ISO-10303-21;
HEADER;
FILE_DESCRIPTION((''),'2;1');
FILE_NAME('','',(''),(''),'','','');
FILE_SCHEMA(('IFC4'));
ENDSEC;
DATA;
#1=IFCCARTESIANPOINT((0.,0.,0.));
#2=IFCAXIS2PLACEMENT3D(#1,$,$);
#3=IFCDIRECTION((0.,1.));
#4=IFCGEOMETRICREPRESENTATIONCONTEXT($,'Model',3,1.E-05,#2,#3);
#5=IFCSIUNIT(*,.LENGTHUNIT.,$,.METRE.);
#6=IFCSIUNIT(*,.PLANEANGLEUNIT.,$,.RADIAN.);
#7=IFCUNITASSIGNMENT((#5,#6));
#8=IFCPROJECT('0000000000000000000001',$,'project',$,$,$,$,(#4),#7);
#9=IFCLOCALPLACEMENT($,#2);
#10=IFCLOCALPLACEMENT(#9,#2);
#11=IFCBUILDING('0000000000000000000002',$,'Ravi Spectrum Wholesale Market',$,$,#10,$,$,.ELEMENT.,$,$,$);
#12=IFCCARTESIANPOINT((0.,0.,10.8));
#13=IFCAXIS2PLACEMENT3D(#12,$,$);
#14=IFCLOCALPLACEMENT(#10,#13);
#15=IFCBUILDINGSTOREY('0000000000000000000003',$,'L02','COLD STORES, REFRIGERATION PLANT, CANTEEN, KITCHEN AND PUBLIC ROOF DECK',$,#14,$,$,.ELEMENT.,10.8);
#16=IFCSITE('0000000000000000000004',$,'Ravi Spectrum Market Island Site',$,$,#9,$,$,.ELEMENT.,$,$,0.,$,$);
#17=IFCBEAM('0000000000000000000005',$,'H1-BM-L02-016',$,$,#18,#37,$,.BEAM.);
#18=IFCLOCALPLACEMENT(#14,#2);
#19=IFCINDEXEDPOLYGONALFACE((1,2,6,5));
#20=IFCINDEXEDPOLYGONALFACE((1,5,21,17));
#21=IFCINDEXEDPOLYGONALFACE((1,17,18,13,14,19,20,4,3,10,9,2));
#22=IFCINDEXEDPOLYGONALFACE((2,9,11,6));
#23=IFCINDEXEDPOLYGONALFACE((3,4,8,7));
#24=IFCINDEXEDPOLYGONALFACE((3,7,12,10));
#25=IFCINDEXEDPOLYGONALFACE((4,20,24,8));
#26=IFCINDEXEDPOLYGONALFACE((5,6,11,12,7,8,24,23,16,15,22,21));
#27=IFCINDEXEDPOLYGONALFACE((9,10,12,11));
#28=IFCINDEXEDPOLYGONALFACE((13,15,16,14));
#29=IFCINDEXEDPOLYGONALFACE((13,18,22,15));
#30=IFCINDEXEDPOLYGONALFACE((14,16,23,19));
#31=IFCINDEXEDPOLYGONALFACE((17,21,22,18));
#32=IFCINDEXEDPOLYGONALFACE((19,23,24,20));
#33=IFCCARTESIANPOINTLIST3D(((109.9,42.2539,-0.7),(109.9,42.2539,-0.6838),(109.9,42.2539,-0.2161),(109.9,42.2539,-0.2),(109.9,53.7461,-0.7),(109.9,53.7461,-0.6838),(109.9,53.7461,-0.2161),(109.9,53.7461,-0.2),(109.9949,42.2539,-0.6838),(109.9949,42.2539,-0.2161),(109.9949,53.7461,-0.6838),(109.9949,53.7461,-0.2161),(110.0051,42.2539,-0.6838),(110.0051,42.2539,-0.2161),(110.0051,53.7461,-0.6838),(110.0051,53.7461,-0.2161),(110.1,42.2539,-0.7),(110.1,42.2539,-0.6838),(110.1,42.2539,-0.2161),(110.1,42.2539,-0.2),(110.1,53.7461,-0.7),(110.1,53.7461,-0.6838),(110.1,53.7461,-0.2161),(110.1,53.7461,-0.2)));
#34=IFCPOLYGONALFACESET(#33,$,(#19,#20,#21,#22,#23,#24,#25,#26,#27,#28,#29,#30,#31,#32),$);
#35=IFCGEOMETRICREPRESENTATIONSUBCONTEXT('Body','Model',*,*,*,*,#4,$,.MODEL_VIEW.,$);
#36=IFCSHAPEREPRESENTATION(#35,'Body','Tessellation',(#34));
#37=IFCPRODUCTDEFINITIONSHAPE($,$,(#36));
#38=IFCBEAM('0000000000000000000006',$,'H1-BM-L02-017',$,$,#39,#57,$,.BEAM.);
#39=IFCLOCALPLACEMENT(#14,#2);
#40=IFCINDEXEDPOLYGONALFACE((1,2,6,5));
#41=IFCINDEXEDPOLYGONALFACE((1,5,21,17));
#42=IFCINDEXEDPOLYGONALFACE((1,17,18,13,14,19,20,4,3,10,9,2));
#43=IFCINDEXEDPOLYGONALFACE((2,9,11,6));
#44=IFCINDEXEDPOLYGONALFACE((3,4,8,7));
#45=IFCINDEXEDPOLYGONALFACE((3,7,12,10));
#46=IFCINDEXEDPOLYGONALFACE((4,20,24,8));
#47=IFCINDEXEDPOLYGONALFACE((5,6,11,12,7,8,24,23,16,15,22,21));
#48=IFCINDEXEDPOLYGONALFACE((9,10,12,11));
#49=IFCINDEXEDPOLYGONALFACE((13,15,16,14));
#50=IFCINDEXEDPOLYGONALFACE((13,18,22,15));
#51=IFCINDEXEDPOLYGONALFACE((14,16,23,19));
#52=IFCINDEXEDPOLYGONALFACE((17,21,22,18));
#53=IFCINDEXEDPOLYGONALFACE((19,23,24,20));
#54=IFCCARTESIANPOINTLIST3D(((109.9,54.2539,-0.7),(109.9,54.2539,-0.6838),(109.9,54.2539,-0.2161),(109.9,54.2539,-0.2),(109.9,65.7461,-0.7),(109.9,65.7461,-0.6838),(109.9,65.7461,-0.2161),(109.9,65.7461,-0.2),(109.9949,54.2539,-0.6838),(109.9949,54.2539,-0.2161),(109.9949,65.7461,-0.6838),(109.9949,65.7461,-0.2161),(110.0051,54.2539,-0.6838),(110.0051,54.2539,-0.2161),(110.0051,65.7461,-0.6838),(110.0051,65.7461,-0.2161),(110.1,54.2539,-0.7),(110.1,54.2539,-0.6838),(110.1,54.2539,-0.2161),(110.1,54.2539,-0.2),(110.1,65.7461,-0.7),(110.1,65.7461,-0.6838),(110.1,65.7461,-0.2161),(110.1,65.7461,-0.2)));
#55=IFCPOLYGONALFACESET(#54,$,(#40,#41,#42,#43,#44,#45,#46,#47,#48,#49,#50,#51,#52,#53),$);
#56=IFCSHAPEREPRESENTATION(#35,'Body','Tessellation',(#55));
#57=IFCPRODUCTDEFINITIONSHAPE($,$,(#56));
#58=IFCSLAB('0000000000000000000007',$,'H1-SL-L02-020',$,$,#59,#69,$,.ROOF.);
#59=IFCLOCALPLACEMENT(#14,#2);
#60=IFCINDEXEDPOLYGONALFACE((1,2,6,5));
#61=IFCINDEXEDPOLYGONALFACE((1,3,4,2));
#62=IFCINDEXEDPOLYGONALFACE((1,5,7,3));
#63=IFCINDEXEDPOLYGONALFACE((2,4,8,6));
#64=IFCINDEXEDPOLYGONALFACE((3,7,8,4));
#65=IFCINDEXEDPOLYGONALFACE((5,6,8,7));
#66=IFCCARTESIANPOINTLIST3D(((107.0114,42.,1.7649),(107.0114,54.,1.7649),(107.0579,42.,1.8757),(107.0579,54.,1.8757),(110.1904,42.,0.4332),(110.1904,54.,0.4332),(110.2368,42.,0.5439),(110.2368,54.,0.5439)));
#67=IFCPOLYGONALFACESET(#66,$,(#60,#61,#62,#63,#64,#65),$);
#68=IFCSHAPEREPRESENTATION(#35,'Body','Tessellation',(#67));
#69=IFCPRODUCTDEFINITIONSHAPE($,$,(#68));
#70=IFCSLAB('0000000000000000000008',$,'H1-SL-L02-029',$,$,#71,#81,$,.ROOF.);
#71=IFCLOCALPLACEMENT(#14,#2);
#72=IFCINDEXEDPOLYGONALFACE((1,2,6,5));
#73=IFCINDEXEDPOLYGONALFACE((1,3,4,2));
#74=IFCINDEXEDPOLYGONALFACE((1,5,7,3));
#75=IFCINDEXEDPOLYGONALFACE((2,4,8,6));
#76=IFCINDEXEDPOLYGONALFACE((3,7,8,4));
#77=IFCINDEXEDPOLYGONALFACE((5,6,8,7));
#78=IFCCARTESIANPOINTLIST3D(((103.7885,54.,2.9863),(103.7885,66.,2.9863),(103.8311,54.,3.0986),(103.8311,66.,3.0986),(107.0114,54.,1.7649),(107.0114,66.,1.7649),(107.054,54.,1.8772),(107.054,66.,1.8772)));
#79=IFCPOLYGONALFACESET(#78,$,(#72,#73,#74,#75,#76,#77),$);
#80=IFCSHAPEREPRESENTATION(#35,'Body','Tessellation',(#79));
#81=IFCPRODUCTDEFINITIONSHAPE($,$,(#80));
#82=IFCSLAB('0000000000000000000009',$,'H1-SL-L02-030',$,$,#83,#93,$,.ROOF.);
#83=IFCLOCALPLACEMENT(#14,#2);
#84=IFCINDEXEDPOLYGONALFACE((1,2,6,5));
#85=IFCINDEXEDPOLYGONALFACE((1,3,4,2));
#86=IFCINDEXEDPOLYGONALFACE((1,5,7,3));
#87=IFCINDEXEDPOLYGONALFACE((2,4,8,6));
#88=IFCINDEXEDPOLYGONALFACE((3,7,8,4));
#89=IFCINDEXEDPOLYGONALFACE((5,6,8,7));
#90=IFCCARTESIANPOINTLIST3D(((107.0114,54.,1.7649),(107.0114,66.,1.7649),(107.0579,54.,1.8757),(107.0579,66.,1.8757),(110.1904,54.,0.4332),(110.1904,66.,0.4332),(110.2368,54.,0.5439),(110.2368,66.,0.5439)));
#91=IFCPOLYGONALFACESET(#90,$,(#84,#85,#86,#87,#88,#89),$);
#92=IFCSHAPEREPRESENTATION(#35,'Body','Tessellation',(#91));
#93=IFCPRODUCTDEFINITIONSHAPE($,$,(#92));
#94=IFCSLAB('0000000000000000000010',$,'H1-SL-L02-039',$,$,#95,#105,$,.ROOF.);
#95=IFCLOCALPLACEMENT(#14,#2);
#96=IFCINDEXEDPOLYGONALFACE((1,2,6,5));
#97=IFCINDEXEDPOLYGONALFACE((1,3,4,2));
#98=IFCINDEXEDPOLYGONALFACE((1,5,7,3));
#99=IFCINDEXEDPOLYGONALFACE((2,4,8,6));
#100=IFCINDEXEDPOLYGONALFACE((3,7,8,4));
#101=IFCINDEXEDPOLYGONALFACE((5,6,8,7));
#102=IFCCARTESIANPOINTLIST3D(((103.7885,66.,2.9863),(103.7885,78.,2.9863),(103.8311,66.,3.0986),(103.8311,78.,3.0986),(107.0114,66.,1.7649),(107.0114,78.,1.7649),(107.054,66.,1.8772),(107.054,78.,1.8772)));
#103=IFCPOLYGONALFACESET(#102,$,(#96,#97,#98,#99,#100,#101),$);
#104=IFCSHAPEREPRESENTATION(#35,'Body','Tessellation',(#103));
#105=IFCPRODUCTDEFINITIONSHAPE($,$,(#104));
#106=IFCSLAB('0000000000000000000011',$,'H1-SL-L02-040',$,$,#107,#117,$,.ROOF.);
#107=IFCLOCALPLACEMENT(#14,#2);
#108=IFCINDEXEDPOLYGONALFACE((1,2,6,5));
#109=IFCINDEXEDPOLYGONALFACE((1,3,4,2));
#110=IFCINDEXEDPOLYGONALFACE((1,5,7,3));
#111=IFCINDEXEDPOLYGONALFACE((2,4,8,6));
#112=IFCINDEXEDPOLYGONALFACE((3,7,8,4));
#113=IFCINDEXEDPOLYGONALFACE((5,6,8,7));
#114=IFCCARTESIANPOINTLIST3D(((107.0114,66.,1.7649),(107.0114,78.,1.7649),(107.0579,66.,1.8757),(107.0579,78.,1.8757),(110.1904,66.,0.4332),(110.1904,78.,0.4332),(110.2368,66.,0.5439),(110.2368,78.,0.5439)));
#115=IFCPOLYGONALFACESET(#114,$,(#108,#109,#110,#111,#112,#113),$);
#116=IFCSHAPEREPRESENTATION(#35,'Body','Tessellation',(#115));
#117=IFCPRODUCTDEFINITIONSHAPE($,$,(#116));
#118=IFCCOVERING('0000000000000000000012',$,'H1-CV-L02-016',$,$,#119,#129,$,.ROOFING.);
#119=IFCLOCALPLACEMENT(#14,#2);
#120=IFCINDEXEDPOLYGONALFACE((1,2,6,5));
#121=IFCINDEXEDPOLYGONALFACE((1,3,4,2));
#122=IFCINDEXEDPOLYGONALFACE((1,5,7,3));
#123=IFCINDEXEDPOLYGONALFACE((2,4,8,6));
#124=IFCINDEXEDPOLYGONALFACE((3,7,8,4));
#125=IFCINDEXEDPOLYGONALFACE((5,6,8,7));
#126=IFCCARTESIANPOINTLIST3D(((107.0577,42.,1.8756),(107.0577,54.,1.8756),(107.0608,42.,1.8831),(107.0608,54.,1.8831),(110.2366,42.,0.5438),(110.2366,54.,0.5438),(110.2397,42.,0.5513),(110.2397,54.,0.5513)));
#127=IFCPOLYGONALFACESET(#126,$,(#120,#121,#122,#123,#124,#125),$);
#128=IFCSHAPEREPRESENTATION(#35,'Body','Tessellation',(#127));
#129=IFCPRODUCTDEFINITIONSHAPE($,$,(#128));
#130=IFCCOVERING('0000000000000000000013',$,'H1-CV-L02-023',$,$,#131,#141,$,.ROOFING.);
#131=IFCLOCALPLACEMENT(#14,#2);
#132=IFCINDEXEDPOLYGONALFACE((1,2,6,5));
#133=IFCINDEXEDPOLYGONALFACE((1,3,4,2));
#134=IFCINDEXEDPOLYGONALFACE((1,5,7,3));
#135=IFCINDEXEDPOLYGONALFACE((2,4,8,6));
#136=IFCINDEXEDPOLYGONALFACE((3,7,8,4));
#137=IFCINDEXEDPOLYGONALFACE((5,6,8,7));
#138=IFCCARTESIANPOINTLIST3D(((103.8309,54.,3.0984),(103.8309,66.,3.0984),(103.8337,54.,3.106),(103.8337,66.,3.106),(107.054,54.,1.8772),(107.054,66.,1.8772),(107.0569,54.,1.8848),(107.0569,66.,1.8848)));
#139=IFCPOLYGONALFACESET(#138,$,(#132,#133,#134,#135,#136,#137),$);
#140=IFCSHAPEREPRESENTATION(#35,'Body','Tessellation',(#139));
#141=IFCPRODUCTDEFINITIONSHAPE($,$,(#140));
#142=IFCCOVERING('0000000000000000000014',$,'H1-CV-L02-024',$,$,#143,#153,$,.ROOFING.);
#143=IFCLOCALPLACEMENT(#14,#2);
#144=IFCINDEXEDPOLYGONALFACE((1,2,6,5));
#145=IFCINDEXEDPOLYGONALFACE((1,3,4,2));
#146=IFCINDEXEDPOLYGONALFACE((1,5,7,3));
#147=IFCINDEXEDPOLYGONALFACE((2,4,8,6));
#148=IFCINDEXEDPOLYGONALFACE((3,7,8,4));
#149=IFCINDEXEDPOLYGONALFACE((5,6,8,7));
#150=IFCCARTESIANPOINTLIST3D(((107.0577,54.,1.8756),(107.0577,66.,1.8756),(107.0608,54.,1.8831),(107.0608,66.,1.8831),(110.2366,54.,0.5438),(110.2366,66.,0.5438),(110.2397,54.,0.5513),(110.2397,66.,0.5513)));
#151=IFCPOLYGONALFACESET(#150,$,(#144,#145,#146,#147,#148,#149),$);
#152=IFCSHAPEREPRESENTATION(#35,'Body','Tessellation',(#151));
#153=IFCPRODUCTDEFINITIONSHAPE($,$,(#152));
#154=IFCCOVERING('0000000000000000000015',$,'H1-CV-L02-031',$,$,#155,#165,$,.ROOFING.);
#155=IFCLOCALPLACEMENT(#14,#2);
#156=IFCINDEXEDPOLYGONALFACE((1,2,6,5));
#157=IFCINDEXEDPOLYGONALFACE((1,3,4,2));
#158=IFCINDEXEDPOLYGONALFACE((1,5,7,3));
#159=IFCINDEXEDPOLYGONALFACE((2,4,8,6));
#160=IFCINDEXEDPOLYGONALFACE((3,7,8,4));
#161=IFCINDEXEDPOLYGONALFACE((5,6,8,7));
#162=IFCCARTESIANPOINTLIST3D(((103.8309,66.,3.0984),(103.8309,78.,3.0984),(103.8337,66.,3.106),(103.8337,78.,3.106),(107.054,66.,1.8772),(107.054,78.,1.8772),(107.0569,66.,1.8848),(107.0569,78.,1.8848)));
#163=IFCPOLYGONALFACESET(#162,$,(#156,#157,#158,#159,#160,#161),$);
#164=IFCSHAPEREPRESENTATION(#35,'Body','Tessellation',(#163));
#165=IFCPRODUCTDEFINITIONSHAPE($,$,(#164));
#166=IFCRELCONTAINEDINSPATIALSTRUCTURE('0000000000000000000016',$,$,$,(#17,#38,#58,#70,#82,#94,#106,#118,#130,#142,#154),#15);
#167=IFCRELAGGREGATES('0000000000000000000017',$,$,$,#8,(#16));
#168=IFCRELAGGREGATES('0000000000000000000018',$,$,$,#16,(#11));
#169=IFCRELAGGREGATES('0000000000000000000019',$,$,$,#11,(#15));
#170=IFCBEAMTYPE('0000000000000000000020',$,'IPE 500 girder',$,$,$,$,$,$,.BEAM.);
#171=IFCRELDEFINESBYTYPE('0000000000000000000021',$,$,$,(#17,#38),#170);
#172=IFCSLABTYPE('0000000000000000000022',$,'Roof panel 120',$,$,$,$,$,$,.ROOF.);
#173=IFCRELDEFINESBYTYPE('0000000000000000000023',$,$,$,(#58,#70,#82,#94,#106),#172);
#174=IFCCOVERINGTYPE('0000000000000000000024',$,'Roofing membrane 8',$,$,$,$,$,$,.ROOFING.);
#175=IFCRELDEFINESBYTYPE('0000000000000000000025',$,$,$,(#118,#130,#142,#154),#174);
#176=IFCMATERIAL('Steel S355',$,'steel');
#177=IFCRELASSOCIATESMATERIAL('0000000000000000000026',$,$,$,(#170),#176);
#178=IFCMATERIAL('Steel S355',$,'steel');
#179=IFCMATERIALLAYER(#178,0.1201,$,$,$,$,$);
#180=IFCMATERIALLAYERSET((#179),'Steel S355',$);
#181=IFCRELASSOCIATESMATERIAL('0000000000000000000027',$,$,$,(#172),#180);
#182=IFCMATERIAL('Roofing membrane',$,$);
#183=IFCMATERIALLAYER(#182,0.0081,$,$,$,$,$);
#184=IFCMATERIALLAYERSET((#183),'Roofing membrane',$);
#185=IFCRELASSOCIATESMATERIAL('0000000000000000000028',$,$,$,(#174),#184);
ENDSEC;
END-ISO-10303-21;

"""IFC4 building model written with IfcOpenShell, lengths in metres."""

from ifc_helpers import new_model, si_unit, direction, frame, origin, origin_2d, place, context, subcontext, project, spatial, polyline, i_section, outline, extrude, material, layer, layer_set, material_profile, profile_set, type_object, element, save


model = new_model("IFC4")

# Units and contexts
model_context = context("Model", 3, precision=1e-05, world=origin(), true_north=direction((0.0, 1.0)))
body_context = subcontext(model_context, "Body", "Model", "MODEL_VIEW")
ifc_project = project(units=[si_unit("LENGTHUNIT", "METRE"), si_unit("PLANEANGLEUNIT", "RADIAN")], contexts=[model_context])

# Site, building, storey
site_placement = place(None, origin())
site = spatial("IfcSite", under=ifc_project, at=site_placement, Name="Ravi Spectrum Market Island Site", CompositionType="ELEMENT", RefElevation=0.0)
building_placement = place(site_placement, origin())
building = spatial("IfcBuilding", under=site, at=building_placement, Name="Ravi Spectrum Wholesale Market", CompositionType="ELEMENT")
storey_placement = place(building_placement, frame((0.0, 0.0, 10.8)))
storey = spatial("IfcBuildingStorey", under=building, at=storey_placement, Name="L02", Description="COLD STORES, REFRIGERATION PLANT, CANTEEN, KITCHEN AND PUBLIC ROOF DECK", CompositionType="ELEMENT", Elevation=10.8)

# Beams
ifc_material_1 = material(Name="Steel S355", Category="steel")
ifc_material_profile_1 = material_profile(ifc_material_1, i_section(OverallWidth=0.2, OverallDepth=0.5, WebThickness=0.0103, FlangeThickness=0.0161, at=origin_2d()))
ifc_profile_set_1 = profile_set([ifc_material_profile_1], Name="Steel S355")
beam_type = type_object("IfcBeamType", Name="IPE 500 girder", PredefinedType="BEAM", material=ifc_profile_set_1)
for number, where, z_axis, x_axis, name in (
    (1, (110.0, 42.2539, -0.45), (0.0, 1.0, 0.0), (-1.0, 0.0, 0.0), "H1-BM-L02-016"),
    (2, (110.0, 54.2539, -0.45), (0.0, 1.0, 0.0), (-1.0, 0.0, 0.0), "H1-BM-L02-017"),
):
    element("IfcBeam", number, at=place(storey_placement, frame(where, z_axis=z_axis, x_axis=x_axis)), inside=storey, type_object=beam_type, Name=name, PredefinedType="BEAM", context=body_context, shape_type="SweptSolid", body=[
        extrude(i_section(OverallWidth=0.2, OverallDepth=0.5, WebThickness=0.0103, FlangeThickness=0.0161, at=origin_2d()), origin(), (0.0, 0.0, 1.0), 11.4922),
    ])

# Slabs
ifc_material_2 = material(Name="Steel S355", Category="steel")
ifc_layer_1 = layer(ifc_material_2, 0.1201)
ifc_layer_set_1 = layer_set([ifc_layer_1], Name="Steel S355")
slab_type = type_object("IfcSlabType", Name="Roof panel 120", PredefinedType="ROOF", material=ifc_layer_set_1)
slab_1_placement = place(storey_placement, frame((107.0579, 42.0, 1.8757), z_axis=(0.3864, 0.0, 0.922331), x_axis=(0.922331, 0.0, -0.3864)))
element("IfcSlab", 3, at=slab_1_placement, inside=storey, type_object=slab_type, Name="H1-SL-L02-020", PredefinedType="ROOF", context=body_context, shape_type="SweptSolid", body=[
    extrude(outline(polyline([(0.0, 0.0), (3.4467, 0.0), (3.4467, 12.0), (0.0, 12.0), (0.0, 0.0)])), origin(), (0.0, 0.0, -1.0), 0.1201),
])
slab_2_placement = place(storey_placement, frame((103.8311, 54.0, 3.0986), z_axis=(0.354389, 0.0, 0.935098), x_axis=(0.935098, 0.0, -0.354389)))
element("IfcSlab", 4, at=slab_2_placement, inside=storey, type_object=slab_type, Name="H1-SL-L02-029", PredefinedType="ROOF", context=body_context, shape_type="SweptSolid", body=[
    extrude(outline(polyline([(0.0, 0.0), (3.4466, 0.0), (3.4466, 12.0), (0.0, 12.0), (0.0, 0.0)])), origin(), (0.0, 0.0, -1.0), 0.1201),
])
slab_3_placement = place(storey_placement, frame((107.0579, 54.0, 1.8757), z_axis=(0.3864, 0.0, 0.922331), x_axis=(0.922331, 0.0, -0.3864)))
element("IfcSlab", 5, at=slab_3_placement, inside=storey, type_object=slab_type, Name="H1-SL-L02-030", PredefinedType="ROOF", context=body_context, shape_type="SweptSolid", body=[
    extrude(outline(polyline([(0.0, 0.0), (3.4467, 0.0), (3.4467, 12.0), (0.0, 12.0), (0.0, 0.0)])), origin(), (0.0, 0.0, -1.0), 0.1201),
])
slab_4_placement = place(storey_placement, frame((103.8311, 66.0, 3.0986), z_axis=(0.354389, 0.0, 0.935098), x_axis=(0.935098, 0.0, -0.354389)))
element("IfcSlab", 6, at=slab_4_placement, inside=storey, type_object=slab_type, Name="H1-SL-L02-039", PredefinedType="ROOF", context=body_context, shape_type="SweptSolid", body=[
    extrude(outline(polyline([(0.0, 0.0), (3.4466, 0.0), (3.4466, 12.0), (0.0, 12.0), (0.0, 0.0)])), origin(), (0.0, 0.0, -1.0), 0.1201),
])
slab_5_placement = place(storey_placement, frame((107.0579, 66.0, 1.8757), z_axis=(0.3864, 0.0, 0.922331), x_axis=(0.922331, 0.0, -0.3864)))
element("IfcSlab", 7, at=slab_5_placement, inside=storey, type_object=slab_type, Name="H1-SL-L02-040", PredefinedType="ROOF", context=body_context, shape_type="SweptSolid", body=[
    extrude(outline(polyline([(0.0, 0.0), (3.4467, 0.0), (3.4467, 12.0), (0.0, 12.0), (0.0, 0.0)])), origin(), (0.0, 0.0, -1.0), 0.1201),
])

# Coverings
ifc_material_3 = material(Name="Roofing membrane")
ifc_layer_2 = layer(ifc_material_3, 0.0081)
ifc_layer_set_2 = layer_set([ifc_layer_2], Name="Roofing membrane")
covering_type = type_object("IfcCoveringType", Name="Roofing membrane 8", PredefinedType="ROOFING", material=ifc_layer_set_2)
covering_1_placement = place(storey_placement, frame((107.0608, 42.0, 1.8831), z_axis=(0.3864, 0.0, 0.922331), x_axis=(0.922331, 0.0, -0.3864)))
element("IfcCovering", 8, at=covering_1_placement, inside=storey, type_object=covering_type, Name="H1-CV-L02-016", PredefinedType="ROOFING", context=body_context, shape_type="SweptSolid", body=[
    extrude(outline(polyline([(0.0, 0.0), (3.4467, 0.0), (3.4467, 12.0), (0.0, 12.0), (0.0, 0.0)])), origin(), (0.0, 0.0, -1.0), 0.0081),
])
covering_2_placement = place(storey_placement, frame((103.8337, 54.0, 3.106), z_axis=(0.354304, 0.0, 0.93513), x_axis=(0.93513, 0.0, -0.354304)))
element("IfcCovering", 9, at=covering_2_placement, inside=storey, type_object=covering_type, Name="H1-CV-L02-023", PredefinedType="ROOFING", context=body_context, shape_type="SweptSolid", body=[
    extrude(outline(polyline([(0.0, 0.0), (3.4467, 0.0), (3.4467, 12.0), (0.0, 12.0), (0.0, 0.0)])), origin(), (0.0, 0.0, -1.0), 0.0081),
])
covering_3_placement = place(storey_placement, frame((107.0608, 54.0, 1.8831), z_axis=(0.3864, 0.0, 0.922331), x_axis=(0.922331, 0.0, -0.3864)))
element("IfcCovering", 10, at=covering_3_placement, inside=storey, type_object=covering_type, Name="H1-CV-L02-024", PredefinedType="ROOFING", context=body_context, shape_type="SweptSolid", body=[
    extrude(outline(polyline([(0.0, 0.0), (3.4467, 0.0), (3.4467, 12.0), (0.0, 12.0), (0.0, 0.0)])), origin(), (0.0, 0.0, -1.0), 0.0081),
])
covering_4_placement = place(storey_placement, frame((103.8337, 66.0, 3.106), z_axis=(0.354304, 0.0, 0.93513), x_axis=(0.93513, 0.0, -0.354304)))
element("IfcCovering", 11, at=covering_4_placement, inside=storey, type_object=covering_type, Name="H1-CV-L02-031", PredefinedType="ROOFING", context=body_context, shape_type="SweptSolid", body=[
    extrude(outline(polyline([(0.0, 0.0), (3.4467, 0.0), (3.4467, 12.0), (0.0, 12.0), (0.0, 0.0)])), origin(), (0.0, 0.0, -1.0), 0.0081),
])

save(model, "model.ifc")
